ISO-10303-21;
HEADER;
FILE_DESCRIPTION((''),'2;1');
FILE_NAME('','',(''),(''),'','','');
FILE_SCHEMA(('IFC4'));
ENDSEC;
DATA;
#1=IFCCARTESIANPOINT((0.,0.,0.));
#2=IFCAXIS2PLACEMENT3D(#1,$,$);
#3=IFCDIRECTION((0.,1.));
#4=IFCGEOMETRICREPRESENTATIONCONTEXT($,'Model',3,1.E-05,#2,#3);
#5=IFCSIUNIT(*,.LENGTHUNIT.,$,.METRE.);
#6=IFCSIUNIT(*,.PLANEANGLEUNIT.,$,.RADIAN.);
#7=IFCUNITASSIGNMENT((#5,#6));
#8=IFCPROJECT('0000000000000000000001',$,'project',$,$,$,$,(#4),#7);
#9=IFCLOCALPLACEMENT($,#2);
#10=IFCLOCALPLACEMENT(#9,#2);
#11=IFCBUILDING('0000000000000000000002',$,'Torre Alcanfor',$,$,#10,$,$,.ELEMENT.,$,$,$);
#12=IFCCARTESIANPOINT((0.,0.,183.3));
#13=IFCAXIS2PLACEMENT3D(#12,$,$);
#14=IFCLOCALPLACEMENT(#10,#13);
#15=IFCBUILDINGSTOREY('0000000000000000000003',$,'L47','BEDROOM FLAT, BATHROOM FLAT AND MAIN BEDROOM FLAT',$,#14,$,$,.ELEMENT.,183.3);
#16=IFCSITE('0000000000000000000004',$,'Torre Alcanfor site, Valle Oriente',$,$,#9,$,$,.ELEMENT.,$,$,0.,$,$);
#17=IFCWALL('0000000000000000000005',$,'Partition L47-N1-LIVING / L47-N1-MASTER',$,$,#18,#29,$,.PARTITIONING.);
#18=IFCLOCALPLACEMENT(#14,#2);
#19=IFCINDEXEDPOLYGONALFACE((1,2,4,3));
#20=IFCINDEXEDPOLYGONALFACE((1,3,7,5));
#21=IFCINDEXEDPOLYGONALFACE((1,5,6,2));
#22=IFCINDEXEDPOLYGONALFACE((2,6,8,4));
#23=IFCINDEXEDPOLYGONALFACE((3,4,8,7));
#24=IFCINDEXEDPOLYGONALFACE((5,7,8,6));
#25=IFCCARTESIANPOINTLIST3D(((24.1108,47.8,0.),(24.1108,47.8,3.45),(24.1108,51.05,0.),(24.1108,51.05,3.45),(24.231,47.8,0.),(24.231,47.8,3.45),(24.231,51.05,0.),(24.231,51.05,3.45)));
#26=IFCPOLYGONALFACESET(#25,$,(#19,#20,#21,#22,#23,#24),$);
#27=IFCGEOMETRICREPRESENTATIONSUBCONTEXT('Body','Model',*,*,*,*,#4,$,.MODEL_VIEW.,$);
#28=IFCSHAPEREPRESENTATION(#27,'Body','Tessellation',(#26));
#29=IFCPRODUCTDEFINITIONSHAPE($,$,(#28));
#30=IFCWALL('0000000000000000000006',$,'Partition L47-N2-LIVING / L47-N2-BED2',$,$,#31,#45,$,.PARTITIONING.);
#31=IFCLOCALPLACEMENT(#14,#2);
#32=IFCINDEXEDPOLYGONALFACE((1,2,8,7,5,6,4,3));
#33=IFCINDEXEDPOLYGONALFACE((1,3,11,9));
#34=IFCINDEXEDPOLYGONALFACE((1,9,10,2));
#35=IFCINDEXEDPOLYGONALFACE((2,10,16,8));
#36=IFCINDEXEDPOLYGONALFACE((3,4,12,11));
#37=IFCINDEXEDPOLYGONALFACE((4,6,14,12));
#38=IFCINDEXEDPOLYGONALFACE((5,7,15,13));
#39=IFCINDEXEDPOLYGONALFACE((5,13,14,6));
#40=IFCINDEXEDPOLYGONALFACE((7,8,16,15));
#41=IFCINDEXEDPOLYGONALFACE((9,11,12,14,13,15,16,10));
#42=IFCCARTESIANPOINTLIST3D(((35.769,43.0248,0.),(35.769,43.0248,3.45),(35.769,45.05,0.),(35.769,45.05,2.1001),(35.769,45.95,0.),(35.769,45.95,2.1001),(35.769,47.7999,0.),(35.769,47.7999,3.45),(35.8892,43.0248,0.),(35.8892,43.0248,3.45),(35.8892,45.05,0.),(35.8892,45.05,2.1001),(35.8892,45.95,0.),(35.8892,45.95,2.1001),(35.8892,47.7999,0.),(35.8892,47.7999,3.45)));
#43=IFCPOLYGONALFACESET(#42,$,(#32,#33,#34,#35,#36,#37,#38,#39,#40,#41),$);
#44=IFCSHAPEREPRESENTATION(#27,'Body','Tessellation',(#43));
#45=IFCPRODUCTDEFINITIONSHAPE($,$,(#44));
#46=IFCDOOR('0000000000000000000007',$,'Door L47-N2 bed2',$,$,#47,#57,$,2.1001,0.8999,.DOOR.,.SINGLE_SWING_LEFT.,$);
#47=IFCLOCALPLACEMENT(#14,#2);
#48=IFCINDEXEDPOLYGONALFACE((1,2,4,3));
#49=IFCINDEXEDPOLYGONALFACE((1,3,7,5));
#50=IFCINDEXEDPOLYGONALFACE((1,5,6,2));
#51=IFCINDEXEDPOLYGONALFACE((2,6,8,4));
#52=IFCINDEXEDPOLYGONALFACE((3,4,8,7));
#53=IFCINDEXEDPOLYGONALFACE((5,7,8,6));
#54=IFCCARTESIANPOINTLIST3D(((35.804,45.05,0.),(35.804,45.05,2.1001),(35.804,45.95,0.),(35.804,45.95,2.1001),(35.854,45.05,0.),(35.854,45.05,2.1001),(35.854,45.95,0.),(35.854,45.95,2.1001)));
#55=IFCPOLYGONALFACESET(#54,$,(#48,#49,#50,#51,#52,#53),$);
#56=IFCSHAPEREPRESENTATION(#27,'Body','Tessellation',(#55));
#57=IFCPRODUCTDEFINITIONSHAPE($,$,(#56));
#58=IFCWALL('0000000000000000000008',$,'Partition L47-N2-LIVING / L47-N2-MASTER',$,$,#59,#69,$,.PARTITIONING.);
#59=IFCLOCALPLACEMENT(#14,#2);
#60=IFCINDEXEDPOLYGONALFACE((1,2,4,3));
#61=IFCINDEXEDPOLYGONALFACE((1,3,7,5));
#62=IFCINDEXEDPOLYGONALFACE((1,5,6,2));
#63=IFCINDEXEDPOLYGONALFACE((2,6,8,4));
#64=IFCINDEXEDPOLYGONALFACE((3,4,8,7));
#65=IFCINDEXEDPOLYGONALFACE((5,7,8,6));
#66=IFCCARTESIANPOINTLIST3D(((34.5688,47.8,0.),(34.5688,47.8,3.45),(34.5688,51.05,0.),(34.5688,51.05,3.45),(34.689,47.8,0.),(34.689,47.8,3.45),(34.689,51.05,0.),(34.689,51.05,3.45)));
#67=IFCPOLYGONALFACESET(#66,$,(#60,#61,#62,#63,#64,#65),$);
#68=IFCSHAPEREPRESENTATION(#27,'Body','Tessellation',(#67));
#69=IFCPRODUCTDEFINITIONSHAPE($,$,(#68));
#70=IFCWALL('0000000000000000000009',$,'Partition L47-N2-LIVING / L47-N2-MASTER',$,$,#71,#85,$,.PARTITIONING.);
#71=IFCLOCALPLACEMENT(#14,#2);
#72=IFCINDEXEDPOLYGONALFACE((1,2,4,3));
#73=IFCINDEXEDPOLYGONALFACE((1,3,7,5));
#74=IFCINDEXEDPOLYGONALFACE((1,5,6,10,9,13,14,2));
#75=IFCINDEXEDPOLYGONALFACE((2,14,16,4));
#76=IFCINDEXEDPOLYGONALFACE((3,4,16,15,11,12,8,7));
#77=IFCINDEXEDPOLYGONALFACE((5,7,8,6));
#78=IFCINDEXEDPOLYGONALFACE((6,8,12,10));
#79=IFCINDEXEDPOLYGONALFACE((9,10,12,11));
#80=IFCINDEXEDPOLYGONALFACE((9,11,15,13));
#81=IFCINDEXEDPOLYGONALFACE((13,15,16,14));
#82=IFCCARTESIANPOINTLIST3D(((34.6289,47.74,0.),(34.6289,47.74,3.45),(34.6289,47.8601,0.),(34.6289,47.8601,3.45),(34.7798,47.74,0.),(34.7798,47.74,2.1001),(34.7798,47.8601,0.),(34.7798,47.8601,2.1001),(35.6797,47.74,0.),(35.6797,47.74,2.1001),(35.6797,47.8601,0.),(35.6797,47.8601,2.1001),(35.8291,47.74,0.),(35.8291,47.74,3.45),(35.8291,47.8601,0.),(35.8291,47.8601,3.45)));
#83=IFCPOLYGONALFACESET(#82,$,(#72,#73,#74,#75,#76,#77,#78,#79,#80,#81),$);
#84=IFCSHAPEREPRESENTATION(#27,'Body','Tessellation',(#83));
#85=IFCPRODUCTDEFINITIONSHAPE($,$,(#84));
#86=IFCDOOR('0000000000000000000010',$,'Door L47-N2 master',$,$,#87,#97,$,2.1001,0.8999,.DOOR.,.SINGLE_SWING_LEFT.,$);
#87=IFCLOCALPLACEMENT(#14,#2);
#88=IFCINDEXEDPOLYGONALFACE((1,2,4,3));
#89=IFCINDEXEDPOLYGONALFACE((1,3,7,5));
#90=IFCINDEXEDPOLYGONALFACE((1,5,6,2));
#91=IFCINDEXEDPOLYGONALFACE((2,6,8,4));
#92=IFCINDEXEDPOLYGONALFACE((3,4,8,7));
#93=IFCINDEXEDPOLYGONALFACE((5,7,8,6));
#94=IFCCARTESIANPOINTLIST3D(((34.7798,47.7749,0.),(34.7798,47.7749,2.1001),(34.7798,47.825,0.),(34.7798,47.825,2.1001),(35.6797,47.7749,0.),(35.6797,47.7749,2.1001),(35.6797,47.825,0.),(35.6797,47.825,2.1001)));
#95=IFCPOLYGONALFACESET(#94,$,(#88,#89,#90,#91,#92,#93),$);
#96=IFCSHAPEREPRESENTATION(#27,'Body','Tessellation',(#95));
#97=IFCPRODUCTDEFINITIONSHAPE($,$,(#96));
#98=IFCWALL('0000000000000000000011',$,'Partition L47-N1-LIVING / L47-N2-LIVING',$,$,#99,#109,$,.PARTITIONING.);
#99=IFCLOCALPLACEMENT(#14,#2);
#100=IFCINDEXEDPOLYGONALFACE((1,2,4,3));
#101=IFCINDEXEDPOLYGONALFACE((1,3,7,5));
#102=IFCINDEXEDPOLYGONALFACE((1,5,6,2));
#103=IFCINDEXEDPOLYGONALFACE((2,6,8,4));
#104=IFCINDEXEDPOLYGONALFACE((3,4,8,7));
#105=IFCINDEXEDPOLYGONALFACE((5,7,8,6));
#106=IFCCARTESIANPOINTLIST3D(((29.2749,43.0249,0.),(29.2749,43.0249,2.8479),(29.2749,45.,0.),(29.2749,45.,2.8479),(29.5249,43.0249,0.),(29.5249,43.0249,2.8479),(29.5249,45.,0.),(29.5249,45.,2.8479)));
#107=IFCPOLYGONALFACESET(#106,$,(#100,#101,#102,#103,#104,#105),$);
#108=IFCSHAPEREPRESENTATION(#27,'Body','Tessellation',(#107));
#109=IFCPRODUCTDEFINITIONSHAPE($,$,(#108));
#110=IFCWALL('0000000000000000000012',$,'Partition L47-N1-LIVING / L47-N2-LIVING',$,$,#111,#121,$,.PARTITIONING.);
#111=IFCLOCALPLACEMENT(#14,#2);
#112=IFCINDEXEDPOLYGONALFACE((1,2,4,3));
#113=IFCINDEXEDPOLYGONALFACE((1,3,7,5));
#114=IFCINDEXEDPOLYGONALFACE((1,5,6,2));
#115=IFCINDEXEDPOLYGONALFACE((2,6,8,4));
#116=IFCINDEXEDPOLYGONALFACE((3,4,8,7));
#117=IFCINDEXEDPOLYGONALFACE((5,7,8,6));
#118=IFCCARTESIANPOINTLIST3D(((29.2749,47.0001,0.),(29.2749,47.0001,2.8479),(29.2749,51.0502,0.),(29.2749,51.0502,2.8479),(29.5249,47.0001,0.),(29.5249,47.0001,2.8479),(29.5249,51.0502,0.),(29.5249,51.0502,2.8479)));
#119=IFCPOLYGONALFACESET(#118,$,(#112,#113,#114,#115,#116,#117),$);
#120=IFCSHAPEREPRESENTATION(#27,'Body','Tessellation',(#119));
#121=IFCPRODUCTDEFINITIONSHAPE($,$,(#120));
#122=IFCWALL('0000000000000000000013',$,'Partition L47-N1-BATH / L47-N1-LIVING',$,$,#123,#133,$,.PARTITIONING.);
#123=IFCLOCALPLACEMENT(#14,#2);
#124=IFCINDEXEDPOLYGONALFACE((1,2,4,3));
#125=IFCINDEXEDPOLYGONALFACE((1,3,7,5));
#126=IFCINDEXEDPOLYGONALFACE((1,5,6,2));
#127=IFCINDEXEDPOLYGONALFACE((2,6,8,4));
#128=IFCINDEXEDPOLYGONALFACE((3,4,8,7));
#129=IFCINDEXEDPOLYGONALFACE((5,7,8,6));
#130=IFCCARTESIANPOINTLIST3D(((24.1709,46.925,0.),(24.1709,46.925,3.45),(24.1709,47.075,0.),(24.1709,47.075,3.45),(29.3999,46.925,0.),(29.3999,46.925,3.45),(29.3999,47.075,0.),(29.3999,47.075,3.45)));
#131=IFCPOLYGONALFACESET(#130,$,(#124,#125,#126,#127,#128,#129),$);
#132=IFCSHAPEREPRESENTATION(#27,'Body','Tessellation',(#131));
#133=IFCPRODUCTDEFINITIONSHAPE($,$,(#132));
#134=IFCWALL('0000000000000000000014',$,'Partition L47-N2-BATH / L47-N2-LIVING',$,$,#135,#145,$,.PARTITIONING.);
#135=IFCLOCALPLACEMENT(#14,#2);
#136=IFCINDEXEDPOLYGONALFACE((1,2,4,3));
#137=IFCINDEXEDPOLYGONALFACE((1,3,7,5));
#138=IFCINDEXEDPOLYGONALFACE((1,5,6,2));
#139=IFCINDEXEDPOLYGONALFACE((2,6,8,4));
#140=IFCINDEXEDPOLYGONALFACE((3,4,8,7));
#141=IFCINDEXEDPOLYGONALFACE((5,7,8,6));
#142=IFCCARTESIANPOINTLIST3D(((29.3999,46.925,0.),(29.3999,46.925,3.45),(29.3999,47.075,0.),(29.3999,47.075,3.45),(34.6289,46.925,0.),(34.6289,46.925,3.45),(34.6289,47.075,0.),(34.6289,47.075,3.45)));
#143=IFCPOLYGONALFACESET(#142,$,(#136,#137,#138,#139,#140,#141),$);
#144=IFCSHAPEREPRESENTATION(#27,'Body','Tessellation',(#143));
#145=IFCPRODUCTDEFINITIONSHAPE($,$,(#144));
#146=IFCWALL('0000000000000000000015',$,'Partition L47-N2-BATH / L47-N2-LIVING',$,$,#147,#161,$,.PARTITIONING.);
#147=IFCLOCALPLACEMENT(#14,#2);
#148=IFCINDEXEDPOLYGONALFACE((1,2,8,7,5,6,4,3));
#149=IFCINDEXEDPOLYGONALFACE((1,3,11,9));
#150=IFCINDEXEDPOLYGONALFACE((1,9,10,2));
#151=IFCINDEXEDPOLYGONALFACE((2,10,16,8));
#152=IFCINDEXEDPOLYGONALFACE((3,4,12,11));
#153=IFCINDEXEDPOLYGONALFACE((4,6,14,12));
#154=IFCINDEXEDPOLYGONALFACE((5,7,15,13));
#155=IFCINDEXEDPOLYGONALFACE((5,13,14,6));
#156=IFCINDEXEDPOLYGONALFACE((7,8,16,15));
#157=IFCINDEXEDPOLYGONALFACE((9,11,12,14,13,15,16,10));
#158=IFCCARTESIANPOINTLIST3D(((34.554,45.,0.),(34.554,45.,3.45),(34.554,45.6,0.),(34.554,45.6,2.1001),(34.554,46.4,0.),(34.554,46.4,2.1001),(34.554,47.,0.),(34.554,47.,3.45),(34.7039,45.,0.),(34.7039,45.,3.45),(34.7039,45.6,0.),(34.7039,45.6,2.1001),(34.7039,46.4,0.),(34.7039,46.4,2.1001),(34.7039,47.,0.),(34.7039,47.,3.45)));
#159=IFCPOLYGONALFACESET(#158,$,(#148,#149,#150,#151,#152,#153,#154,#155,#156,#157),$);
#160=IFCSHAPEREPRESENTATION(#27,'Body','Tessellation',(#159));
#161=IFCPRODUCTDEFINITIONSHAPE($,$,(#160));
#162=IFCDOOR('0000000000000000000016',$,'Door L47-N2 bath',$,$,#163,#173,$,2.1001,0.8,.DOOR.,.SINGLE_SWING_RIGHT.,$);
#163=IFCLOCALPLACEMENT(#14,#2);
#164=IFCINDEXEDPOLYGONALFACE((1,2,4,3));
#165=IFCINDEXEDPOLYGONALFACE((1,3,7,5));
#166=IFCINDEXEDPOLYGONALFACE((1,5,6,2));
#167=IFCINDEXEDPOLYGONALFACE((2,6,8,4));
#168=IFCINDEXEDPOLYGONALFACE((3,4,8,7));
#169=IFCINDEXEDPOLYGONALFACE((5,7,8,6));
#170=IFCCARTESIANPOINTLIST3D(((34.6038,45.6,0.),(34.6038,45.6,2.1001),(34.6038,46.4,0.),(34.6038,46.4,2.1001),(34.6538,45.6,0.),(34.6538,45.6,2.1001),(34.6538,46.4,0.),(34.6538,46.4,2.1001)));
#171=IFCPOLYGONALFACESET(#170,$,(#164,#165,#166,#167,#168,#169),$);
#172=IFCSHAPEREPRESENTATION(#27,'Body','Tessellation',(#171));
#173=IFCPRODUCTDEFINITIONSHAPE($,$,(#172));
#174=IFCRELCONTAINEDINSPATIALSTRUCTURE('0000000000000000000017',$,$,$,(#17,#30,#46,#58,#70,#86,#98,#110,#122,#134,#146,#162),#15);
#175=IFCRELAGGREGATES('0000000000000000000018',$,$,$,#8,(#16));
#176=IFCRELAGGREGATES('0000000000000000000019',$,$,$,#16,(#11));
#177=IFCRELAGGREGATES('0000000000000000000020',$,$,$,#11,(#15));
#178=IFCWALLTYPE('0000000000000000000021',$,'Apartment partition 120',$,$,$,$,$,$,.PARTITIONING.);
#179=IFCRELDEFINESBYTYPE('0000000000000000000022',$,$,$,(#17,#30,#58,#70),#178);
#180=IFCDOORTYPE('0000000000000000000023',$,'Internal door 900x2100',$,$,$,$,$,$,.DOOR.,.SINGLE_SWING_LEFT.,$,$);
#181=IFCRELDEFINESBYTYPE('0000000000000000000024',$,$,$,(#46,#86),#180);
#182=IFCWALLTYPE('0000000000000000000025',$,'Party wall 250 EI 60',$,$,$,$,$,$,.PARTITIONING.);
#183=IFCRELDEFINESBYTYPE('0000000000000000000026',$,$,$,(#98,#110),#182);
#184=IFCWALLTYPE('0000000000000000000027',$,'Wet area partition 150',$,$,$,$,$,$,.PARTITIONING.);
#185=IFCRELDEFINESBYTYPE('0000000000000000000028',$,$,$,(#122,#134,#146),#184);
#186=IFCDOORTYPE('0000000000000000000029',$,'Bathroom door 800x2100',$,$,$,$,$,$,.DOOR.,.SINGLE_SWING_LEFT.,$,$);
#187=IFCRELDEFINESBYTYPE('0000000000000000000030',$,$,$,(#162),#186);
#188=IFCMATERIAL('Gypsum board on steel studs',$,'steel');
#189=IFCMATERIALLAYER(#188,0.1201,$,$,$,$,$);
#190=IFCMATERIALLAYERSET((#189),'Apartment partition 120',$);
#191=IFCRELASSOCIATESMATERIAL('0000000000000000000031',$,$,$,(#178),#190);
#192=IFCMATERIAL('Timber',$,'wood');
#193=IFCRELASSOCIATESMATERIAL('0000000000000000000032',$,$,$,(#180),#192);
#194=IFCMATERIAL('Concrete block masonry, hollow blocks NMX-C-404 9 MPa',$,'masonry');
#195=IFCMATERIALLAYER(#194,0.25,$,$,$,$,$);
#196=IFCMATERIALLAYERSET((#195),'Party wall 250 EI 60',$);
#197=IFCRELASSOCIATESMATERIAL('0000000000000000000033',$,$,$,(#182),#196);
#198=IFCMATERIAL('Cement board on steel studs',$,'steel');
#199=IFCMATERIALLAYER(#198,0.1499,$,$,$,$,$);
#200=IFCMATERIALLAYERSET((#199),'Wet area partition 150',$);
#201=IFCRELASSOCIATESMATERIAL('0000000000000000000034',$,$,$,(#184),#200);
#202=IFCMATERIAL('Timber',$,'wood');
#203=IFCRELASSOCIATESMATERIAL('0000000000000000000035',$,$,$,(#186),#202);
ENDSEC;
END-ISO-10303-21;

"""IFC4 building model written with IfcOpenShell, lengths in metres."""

from ifc_helpers import new_model, si_unit, direction, frame, frame_2d, origin, place, context, subcontext, project, spatial, rectangle, extrude, material, layer, layer_set, type_object, element, fill, save


model = new_model("IFC4")

# Units and contexts
model_context = context("Model", 3, precision=1e-05, world=origin(), true_north=direction((0.0, 1.0)))
body_context = subcontext(model_context, "Body", "Model", "MODEL_VIEW")
ifc_project = project(units=[si_unit("LENGTHUNIT", "METRE"), si_unit("PLANEANGLEUNIT", "RADIAN")], contexts=[model_context])

# Site, building, storey
site_placement = place(None, origin())
site = spatial("IfcSite", under=ifc_project, at=site_placement, Name="Torre Alcanfor site, Valle Oriente", CompositionType="ELEMENT", RefElevation=0.0)
building_placement = place(site_placement, origin())
building = spatial("IfcBuilding", under=site, at=building_placement, Name="Torre Alcanfor", CompositionType="ELEMENT")
storey_placement = place(building_placement, frame((0.0, 0.0, 183.3)))
storey = spatial("IfcBuildingStorey", under=building, at=storey_placement, Name="L47", Description="BEDROOM FLAT, BATHROOM FLAT AND MAIN BEDROOM FLAT", CompositionType="ELEMENT", Elevation=183.3)

# Wall
ifc_material_1 = material(Name="Gypsum board on steel studs", Category="steel")
ifc_layer_1 = layer(ifc_material_1, 0.1201)
ifc_layer_set_1 = layer_set([ifc_layer_1], Name="Apartment partition 120")
wall_type_1 = type_object("IfcWallType", Name="Apartment partition 120", PredefinedType="PARTITIONING", material=ifc_layer_set_1)
wall_1_placement = place(storey_placement, frame((24.1709, 47.8, 0.0), z_axis=(0.0, 0.0, 1.0), x_axis=(0.0, 1.0, 0.0)))
element("IfcWall", 1, at=wall_1_placement, inside=storey, type_object=wall_type_1, Name="Partition L47-N1-LIVING / L47-N1-MASTER", PredefinedType="PARTITIONING", context=body_context, shape_type="SweptSolid", body=[
    extrude(rectangle(XDim=3.25, YDim=0.1201, at=frame_2d((1.625, 0.0))), origin(), (0.0, 0.0, 1.0), 3.45),
])

# Wall, opening, door
wall_2_placement = place(storey_placement, frame((35.8291, 47.8, 0.0), z_axis=(0.0, 0.0, 1.0), x_axis=(0.0, -1.0, 0.0)))
wall_2 = element("IfcWall", 2, at=wall_2_placement, inside=storey, type_object=wall_type_1, Name="Partition L47-N2-LIVING / L47-N2-BED2", PredefinedType="PARTITIONING", context=body_context, shape_type="SweptSolid", body=[
    extrude(rectangle(XDim=4.7751, YDim=0.1201, at=frame_2d((2.3877, 0.0))), origin(), (0.0, 0.0, 1.0), 3.45),
])
opening_1_placement = place(wall_2_placement, frame((1.8501, 0.0, 0.0)))
opening_1 = element("IfcOpeningElement", 3, at=opening_1_placement, cuts=wall_2, PredefinedType="OPENING", context=body_context, shape_type="SweptSolid", body=[
    extrude(rectangle(XDim=0.8999, YDim=2.1001, at=frame_2d((0.45, 1.05))), frame((0.0, 0.0701, 0.0), z_axis=(0.0, -1.0, 0.0), x_axis=(1.0, 0.0, 0.0)), (0.0, 0.0, 1.0), 0.1401),
])
ifc_material_2 = material(Name="Timber", Category="wood")
door_type_1 = type_object("IfcDoorType", Name="Internal door 900x2100", OperationType="SINGLE_SWING_LEFT", PredefinedType="DOOR", material=ifc_material_2)
door_1_placement = place(opening_1_placement, origin())
door_1 = element("IfcDoor", 4, at=door_1_placement, inside=storey, type_object=door_type_1, Name="Door L47-N2 bed2", OperationType="SINGLE_SWING_LEFT", OverallHeight=2.1001, OverallWidth=0.8999, PredefinedType="DOOR", context=body_context, shape_type="SweptSolid", body=[
    extrude(rectangle(XDim=0.8999, YDim=2.1001, at=frame_2d((0.45, 1.05))), frame((0.0, 0.0249, 0.0), z_axis=(0.0, -1.0, 0.0), x_axis=(1.0, 0.0, 0.0)), (0.0, 0.0, 1.0), 0.05),
])
fill(opening_1, door_1)

# Wall
wall_3_placement = place(storey_placement, frame((34.6289, 51.05, 0.0), z_axis=(0.0, 0.0, 1.0), x_axis=(0.0, -1.0, 0.0)))
element("IfcWall", 5, at=wall_3_placement, inside=storey, type_object=wall_type_1, Name="Partition L47-N2-LIVING / L47-N2-MASTER", PredefinedType="PARTITIONING", context=body_context, shape_type="SweptSolid", body=[
    extrude(rectangle(XDim=3.25, YDim=0.1201, at=frame_2d((1.625, 0.0))), origin(), (0.0, 0.0, 1.0), 3.45),
])

# Wall, opening, door
wall_4_placement = place(storey_placement, frame((34.6289, 47.8, 0.0), z_axis=(0.0, 0.0, 1.0), x_axis=(1.0, 0.0, 0.0)))
wall_4 = element("IfcWall", 6, at=wall_4_placement, inside=storey, type_object=wall_type_1, Name="Partition L47-N2-LIVING / L47-N2-MASTER", PredefinedType="PARTITIONING", context=body_context, shape_type="SweptSolid", body=[
    extrude(rectangle(XDim=1.2002, YDim=0.1201, at=frame_2d((0.6001, 0.0))), origin(), (0.0, 0.0, 1.0), 3.45),
])
opening_2_placement = place(wall_4_placement, frame((0.1509, 0.0, 0.0)))
opening_2 = element("IfcOpeningElement", 7, at=opening_2_placement, cuts=wall_4, PredefinedType="OPENING", context=body_context, shape_type="SweptSolid", body=[
    extrude(rectangle(XDim=0.8999, YDim=2.1001, at=frame_2d((0.45, 1.05))), frame((0.0, 0.0701, 0.0), z_axis=(0.0, -1.0, 0.0), x_axis=(1.0, 0.0, 0.0)), (0.0, 0.0, 1.0), 0.1401),
])
door_2_placement = place(opening_2_placement, origin())
door_2 = element("IfcDoor", 8, at=door_2_placement, inside=storey, type_object=door_type_1, Name="Door L47-N2 master", OperationType="SINGLE_SWING_LEFT", OverallHeight=2.1001, OverallWidth=0.8999, PredefinedType="DOOR", context=body_context, shape_type="SweptSolid", body=[
    extrude(rectangle(XDim=0.8999, YDim=2.1001, at=frame_2d((0.45, 1.05))), frame((0.0, 0.0249, 0.0), z_axis=(0.0, -1.0, 0.0), x_axis=(1.0, 0.0, 0.0)), (0.0, 0.0, 1.0), 0.05),
])
fill(opening_2, door_2)

# Walls
ifc_material_3 = material(Name="Concrete block masonry, hollow blocks NMX-C-404 9 MPa", Category="masonry")
ifc_layer_2 = layer(ifc_material_3, 0.25)
ifc_layer_set_2 = layer_set([ifc_layer_2], Name="Party wall 250 EI 60")
wall_type_2 = type_object("IfcWallType", Name="Party wall 250 EI 60", PredefinedType="PARTITIONING", material=ifc_layer_set_2)
wall_5_placement = place(storey_placement, frame((29.3999, 45.0, 0.0), z_axis=(0.0, 0.0, 1.0), x_axis=(0.0, -1.0, 0.0)))
element("IfcWall", 9, at=wall_5_placement, inside=storey, type_object=wall_type_2, Name="Partition L47-N1-LIVING / L47-N2-LIVING", PredefinedType="PARTITIONING", context=body_context, shape_type="SweptSolid", body=[
    extrude(rectangle(XDim=1.9751, YDim=0.25, at=frame_2d((0.9875, 0.0))), origin(), (0.0, 0.0, 1.0), 2.8479),
])
wall_6_placement = place(storey_placement, frame((29.3999, 51.05, 0.0), z_axis=(0.0, 0.0, 1.0), x_axis=(0.0, -1.0, 0.0)))
element("IfcWall", 10, at=wall_6_placement, inside=storey, type_object=wall_type_2, Name="Partition L47-N1-LIVING / L47-N2-LIVING", PredefinedType="PARTITIONING", context=body_context, shape_type="SweptSolid", body=[
    extrude(rectangle(XDim=4.05, YDim=0.25, at=frame_2d((2.0249, 0.0))), origin(), (0.0, 0.0, 1.0), 2.8479),
])
ifc_material_4 = material(Name="Cement board on steel studs", Category="steel")
ifc_layer_3 = layer(ifc_material_4, 0.1499)
ifc_layer_set_3 = layer_set([ifc_layer_3], Name="Wet area partition 150")
wall_type_3 = type_object("IfcWallType", Name="Wet area partition 150", PredefinedType="PARTITIONING", material=ifc_layer_set_3)
for number, where, z_axis, x_axis, name in (
    (11, (29.3999, 47.0, 0.0), (0.0, 0.0, 1.0), (-1.0, 0.0, 0.0), "Partition L47-N1-BATH / L47-N1-LIVING"),
    (12, (29.3999, 47.0, 0.0), (0.0, 0.0, 1.0), (1.0, 0.0, 0.0), "Partition L47-N2-BATH / L47-N2-LIVING"),
):
    element("IfcWall", number, at=place(storey_placement, frame(where, z_axis=z_axis, x_axis=x_axis)), inside=storey, type_object=wall_type_3, Name=name, PredefinedType="PARTITIONING", context=body_context, shape_type="SweptSolid", body=[
        extrude(rectangle(XDim=5.229, YDim=0.1499, at=frame_2d((2.6145, 0.0))), origin(), (0.0, 0.0, 1.0), 3.45),
    ])

# Wall, opening, door
wall_7_placement = place(storey_placement, frame((34.6289, 47.0, 0.0), z_axis=(0.0, 0.0, 1.0), x_axis=(0.0, -1.0, 0.0)))
wall_7 = element("IfcWall", 13, at=wall_7_placement, inside=storey, type_object=wall_type_3, Name="Partition L47-N2-BATH / L47-N2-LIVING", PredefinedType="PARTITIONING", context=body_context, shape_type="SweptSolid", body=[
    extrude(rectangle(XDim=2.0, YDim=0.1499, at=frame_2d((1.0, 0.0))), origin(), (0.0, 0.0, 1.0), 3.45),
])
opening_3_placement = place(wall_7_placement, frame((0.6001, 0.0, 0.0)))
opening_3 = element("IfcOpeningElement", 14, at=opening_3_placement, cuts=wall_7, PredefinedType="OPENING", context=body_context, shape_type="SweptSolid", body=[
    extrude(rectangle(XDim=0.8, YDim=2.1001, at=frame_2d((0.3999, 1.05))), frame((0.0, 0.085, 0.0), z_axis=(0.0, -1.0, 0.0), x_axis=(1.0, 0.0, 0.0)), (0.0, 0.0, 1.0), 0.1699),
])
ifc_material_5 = material(Name="Timber", Category="wood")
door_type_2 = type_object("IfcDoorType", Name="Bathroom door 800x2100", OperationType="SINGLE_SWING_LEFT", PredefinedType="DOOR", material=ifc_material_5)
door_3_placement = place(opening_3_placement, frame((0.8, 0.0, 0.0), z_axis=(0.0, 0.0, 1.0), x_axis=(-1.0, 0.0, 0.0)))
door_3 = element("IfcDoor", 15, at=door_3_placement, inside=storey, type_object=door_type_2, Name="Door L47-N2 bath", OperationType="SINGLE_SWING_RIGHT", OverallHeight=2.1001, OverallWidth=0.8, PredefinedType="DOOR", context=body_context, shape_type="SweptSolid", body=[
    extrude(rectangle(XDim=0.8, YDim=2.1001, at=frame_2d((0.4001, 1.05))), frame((0.0, 0.0251, 0.0), z_axis=(0.0, -1.0, 0.0), x_axis=(1.0, 0.0, 0.0)), (0.0, 0.0, 1.0), 0.05),
])
fill(opening_3, door_3)

save(model, "model.ifc")
